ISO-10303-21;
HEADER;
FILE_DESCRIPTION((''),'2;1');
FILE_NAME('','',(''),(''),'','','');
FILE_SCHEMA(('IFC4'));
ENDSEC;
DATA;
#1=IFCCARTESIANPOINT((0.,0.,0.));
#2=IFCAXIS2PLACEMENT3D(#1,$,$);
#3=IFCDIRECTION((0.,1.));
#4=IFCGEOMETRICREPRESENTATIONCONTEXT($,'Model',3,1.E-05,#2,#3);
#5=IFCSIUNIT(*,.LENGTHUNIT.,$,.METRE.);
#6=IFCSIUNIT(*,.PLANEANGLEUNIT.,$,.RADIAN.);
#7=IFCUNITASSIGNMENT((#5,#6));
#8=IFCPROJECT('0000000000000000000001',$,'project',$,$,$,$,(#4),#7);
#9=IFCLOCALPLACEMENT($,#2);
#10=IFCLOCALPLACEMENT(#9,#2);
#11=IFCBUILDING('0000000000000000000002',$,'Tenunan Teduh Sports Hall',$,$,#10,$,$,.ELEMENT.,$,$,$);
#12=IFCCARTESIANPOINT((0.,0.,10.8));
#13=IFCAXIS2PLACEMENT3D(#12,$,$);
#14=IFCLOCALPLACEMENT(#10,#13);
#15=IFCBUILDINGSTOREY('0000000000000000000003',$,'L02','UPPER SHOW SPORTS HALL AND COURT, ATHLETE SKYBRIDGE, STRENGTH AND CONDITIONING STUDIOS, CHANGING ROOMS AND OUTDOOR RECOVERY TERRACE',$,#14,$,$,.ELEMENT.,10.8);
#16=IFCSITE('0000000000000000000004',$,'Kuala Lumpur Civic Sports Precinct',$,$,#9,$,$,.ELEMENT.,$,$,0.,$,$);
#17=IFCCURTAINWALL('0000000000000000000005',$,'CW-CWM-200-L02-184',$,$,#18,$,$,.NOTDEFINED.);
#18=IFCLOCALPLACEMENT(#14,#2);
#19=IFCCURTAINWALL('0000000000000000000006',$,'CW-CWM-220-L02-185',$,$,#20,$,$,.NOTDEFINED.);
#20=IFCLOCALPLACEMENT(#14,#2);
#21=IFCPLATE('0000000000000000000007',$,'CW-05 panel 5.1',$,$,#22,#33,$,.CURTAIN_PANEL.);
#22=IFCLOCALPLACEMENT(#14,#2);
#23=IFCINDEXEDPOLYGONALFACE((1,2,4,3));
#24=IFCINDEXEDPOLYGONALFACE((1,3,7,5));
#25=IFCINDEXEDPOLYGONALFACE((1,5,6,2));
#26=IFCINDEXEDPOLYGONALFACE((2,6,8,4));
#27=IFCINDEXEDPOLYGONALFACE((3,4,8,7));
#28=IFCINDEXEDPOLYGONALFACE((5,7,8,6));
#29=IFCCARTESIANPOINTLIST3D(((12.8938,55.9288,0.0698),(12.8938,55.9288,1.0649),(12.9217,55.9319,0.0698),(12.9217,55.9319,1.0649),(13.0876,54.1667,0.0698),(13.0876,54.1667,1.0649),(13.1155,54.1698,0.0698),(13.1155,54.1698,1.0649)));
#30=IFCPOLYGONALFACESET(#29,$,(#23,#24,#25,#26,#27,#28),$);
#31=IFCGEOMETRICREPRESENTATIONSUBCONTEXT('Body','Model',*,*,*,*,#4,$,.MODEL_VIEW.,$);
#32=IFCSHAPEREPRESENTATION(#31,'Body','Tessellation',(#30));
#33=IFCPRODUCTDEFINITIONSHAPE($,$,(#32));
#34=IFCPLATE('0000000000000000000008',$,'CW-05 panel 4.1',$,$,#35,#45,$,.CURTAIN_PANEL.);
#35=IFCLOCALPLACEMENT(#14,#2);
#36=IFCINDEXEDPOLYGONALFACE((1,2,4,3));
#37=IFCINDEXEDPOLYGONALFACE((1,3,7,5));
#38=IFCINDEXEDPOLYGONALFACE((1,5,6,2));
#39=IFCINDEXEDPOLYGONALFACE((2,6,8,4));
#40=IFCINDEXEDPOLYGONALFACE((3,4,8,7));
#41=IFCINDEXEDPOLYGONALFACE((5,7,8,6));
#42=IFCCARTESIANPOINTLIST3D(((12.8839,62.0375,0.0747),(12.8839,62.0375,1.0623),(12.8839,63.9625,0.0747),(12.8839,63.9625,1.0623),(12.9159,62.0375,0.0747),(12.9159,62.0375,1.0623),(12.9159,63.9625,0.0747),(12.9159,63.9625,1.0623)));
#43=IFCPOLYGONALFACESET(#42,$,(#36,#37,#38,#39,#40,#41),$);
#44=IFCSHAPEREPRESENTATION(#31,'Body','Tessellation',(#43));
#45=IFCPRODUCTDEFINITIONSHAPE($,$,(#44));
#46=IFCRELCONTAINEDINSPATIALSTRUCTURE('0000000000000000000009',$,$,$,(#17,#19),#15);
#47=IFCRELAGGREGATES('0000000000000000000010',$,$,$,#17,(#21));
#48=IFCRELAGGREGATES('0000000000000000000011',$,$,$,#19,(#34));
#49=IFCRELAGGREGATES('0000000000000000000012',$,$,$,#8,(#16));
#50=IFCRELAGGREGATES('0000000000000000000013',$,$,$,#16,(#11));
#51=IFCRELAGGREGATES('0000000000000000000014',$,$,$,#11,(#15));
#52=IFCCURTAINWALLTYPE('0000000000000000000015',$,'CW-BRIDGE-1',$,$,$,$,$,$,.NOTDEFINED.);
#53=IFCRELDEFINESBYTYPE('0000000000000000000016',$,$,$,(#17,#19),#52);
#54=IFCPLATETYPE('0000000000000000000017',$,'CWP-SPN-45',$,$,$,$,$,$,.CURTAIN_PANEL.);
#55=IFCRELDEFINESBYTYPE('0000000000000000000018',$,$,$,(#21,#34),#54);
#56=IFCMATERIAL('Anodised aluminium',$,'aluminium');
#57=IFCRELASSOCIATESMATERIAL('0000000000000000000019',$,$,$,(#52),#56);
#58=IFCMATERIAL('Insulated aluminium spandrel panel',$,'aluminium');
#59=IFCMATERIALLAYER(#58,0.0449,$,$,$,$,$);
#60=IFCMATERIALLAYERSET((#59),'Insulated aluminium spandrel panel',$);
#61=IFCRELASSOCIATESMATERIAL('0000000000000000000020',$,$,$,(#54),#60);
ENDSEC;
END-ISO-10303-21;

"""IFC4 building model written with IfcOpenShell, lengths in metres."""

from ifc_helpers import new_model, si_unit, direction, frame, origin, origin_2d, place, context, subcontext, project, spatial, rectangle, extrude, material, layer, layer_set, type_object, element, aggregate, save


model = new_model("IFC4")

# Units and contexts
model_context = context("Model", 3, precision=1e-05, world=origin(), true_north=direction((0.0, 1.0)))
body_context = subcontext(model_context, "Body", "Model", "MODEL_VIEW")
ifc_project = project(units=[si_unit("LENGTHUNIT", "METRE"), si_unit("PLANEANGLEUNIT", "RADIAN")], contexts=[model_context])

# Site, building, storey
site_placement = place(None, origin())
site = spatial("IfcSite", under=ifc_project, at=site_placement, Name="Kuala Lumpur Civic Sports Precinct", CompositionType="ELEMENT", RefElevation=0.0)
building_placement = place(site_placement, origin())
building = spatial("IfcBuilding", under=site, at=building_placement, Name="Tenunan Teduh Sports Hall", CompositionType="ELEMENT")
storey_placement = place(building_placement, frame((0.0, 0.0, 10.8)))
storey = spatial("IfcBuildingStorey", under=building, at=storey_placement, Name="L02", Description="UPPER SHOW SPORTS HALL AND COURT, ATHLETE SKYBRIDGE, STRENGTH AND CONDITIONING STUDIOS, CHANGING ROOMS AND OUTDOOR RECOVERY TERRACE", CompositionType="ELEMENT", Elevation=10.8)

# Curtain wall
ifc_material_1 = material(Name="Anodised aluminium", Category="aluminium")
curtain_wall_type = type_object("IfcCurtainWallType", Name="CW-BRIDGE-1", PredefinedType="NOTDEFINED", material=ifc_material_1)
curtain_wall_1_placement = place(storey_placement, origin())
curtain_wall_1 = element("IfcCurtainWall", 1, at=curtain_wall_1_placement, inside=storey, type_object=curtain_wall_type, Name="CW-CWM-200-L02-184", PredefinedType="NOTDEFINED")

# Curtain wall
curtain_wall_2_placement = place(storey_placement, origin())
curtain_wall_2 = element("IfcCurtainWall", 2, at=curtain_wall_2_placement, inside=storey, type_object=curtain_wall_type, Name="CW-CWM-220-L02-185", PredefinedType="NOTDEFINED")

# Plates
ifc_material_2 = material(Name="Insulated aluminium spandrel panel", Category="aluminium")
ifc_layer_1 = layer(ifc_material_2, 0.0449)
ifc_layer_set_1 = layer_set([ifc_layer_1], Name="Insulated aluminium spandrel panel")
plate_type_1 = type_object("IfcPlateType", Name="CWP-SPN-45", PredefinedType="CURTAIN_PANEL", material=ifc_layer_set_1)
plate_1_placement = place(storey_placement, frame((13.0046, 55.0493, 0.0698), z_axis=(0.0, 0.0, 1.0), x_axis=(-0.10934, 0.994004, 0.0)))
plate_1 = element("IfcPlate", 3, at=plate_1_placement, type_object=plate_type_1, Name="CW-05 panel 5.1", PredefinedType="CURTAIN_PANEL", context=body_context, shape_type="SweptSolid", body=[
    extrude(rectangle(XDim=1.7727, YDim=0.0281, at=origin_2d()), origin(), (0.0, 0.0, 1.0), 0.9951),
])
aggregate(curtain_wall_1, [plate_1])
plate_2_placement = place(storey_placement, frame((12.8999, 63.0, 0.0747), z_axis=(0.0, 0.0, 1.0), x_axis=(0.0, 1.0, 0.0)))
plate_2 = element("IfcPlate", 4, at=plate_2_placement, type_object=plate_type_1, Name="CW-05 panel 4.1", PredefinedType="CURTAIN_PANEL", context=body_context, shape_type="SweptSolid", body=[
    extrude(rectangle(XDim=1.925, YDim=0.032, at=origin_2d()), origin(), (0.0, 0.0, 1.0), 0.9875),
])
aggregate(curtain_wall_2, [plate_2])

save(model, "model.ifc")
